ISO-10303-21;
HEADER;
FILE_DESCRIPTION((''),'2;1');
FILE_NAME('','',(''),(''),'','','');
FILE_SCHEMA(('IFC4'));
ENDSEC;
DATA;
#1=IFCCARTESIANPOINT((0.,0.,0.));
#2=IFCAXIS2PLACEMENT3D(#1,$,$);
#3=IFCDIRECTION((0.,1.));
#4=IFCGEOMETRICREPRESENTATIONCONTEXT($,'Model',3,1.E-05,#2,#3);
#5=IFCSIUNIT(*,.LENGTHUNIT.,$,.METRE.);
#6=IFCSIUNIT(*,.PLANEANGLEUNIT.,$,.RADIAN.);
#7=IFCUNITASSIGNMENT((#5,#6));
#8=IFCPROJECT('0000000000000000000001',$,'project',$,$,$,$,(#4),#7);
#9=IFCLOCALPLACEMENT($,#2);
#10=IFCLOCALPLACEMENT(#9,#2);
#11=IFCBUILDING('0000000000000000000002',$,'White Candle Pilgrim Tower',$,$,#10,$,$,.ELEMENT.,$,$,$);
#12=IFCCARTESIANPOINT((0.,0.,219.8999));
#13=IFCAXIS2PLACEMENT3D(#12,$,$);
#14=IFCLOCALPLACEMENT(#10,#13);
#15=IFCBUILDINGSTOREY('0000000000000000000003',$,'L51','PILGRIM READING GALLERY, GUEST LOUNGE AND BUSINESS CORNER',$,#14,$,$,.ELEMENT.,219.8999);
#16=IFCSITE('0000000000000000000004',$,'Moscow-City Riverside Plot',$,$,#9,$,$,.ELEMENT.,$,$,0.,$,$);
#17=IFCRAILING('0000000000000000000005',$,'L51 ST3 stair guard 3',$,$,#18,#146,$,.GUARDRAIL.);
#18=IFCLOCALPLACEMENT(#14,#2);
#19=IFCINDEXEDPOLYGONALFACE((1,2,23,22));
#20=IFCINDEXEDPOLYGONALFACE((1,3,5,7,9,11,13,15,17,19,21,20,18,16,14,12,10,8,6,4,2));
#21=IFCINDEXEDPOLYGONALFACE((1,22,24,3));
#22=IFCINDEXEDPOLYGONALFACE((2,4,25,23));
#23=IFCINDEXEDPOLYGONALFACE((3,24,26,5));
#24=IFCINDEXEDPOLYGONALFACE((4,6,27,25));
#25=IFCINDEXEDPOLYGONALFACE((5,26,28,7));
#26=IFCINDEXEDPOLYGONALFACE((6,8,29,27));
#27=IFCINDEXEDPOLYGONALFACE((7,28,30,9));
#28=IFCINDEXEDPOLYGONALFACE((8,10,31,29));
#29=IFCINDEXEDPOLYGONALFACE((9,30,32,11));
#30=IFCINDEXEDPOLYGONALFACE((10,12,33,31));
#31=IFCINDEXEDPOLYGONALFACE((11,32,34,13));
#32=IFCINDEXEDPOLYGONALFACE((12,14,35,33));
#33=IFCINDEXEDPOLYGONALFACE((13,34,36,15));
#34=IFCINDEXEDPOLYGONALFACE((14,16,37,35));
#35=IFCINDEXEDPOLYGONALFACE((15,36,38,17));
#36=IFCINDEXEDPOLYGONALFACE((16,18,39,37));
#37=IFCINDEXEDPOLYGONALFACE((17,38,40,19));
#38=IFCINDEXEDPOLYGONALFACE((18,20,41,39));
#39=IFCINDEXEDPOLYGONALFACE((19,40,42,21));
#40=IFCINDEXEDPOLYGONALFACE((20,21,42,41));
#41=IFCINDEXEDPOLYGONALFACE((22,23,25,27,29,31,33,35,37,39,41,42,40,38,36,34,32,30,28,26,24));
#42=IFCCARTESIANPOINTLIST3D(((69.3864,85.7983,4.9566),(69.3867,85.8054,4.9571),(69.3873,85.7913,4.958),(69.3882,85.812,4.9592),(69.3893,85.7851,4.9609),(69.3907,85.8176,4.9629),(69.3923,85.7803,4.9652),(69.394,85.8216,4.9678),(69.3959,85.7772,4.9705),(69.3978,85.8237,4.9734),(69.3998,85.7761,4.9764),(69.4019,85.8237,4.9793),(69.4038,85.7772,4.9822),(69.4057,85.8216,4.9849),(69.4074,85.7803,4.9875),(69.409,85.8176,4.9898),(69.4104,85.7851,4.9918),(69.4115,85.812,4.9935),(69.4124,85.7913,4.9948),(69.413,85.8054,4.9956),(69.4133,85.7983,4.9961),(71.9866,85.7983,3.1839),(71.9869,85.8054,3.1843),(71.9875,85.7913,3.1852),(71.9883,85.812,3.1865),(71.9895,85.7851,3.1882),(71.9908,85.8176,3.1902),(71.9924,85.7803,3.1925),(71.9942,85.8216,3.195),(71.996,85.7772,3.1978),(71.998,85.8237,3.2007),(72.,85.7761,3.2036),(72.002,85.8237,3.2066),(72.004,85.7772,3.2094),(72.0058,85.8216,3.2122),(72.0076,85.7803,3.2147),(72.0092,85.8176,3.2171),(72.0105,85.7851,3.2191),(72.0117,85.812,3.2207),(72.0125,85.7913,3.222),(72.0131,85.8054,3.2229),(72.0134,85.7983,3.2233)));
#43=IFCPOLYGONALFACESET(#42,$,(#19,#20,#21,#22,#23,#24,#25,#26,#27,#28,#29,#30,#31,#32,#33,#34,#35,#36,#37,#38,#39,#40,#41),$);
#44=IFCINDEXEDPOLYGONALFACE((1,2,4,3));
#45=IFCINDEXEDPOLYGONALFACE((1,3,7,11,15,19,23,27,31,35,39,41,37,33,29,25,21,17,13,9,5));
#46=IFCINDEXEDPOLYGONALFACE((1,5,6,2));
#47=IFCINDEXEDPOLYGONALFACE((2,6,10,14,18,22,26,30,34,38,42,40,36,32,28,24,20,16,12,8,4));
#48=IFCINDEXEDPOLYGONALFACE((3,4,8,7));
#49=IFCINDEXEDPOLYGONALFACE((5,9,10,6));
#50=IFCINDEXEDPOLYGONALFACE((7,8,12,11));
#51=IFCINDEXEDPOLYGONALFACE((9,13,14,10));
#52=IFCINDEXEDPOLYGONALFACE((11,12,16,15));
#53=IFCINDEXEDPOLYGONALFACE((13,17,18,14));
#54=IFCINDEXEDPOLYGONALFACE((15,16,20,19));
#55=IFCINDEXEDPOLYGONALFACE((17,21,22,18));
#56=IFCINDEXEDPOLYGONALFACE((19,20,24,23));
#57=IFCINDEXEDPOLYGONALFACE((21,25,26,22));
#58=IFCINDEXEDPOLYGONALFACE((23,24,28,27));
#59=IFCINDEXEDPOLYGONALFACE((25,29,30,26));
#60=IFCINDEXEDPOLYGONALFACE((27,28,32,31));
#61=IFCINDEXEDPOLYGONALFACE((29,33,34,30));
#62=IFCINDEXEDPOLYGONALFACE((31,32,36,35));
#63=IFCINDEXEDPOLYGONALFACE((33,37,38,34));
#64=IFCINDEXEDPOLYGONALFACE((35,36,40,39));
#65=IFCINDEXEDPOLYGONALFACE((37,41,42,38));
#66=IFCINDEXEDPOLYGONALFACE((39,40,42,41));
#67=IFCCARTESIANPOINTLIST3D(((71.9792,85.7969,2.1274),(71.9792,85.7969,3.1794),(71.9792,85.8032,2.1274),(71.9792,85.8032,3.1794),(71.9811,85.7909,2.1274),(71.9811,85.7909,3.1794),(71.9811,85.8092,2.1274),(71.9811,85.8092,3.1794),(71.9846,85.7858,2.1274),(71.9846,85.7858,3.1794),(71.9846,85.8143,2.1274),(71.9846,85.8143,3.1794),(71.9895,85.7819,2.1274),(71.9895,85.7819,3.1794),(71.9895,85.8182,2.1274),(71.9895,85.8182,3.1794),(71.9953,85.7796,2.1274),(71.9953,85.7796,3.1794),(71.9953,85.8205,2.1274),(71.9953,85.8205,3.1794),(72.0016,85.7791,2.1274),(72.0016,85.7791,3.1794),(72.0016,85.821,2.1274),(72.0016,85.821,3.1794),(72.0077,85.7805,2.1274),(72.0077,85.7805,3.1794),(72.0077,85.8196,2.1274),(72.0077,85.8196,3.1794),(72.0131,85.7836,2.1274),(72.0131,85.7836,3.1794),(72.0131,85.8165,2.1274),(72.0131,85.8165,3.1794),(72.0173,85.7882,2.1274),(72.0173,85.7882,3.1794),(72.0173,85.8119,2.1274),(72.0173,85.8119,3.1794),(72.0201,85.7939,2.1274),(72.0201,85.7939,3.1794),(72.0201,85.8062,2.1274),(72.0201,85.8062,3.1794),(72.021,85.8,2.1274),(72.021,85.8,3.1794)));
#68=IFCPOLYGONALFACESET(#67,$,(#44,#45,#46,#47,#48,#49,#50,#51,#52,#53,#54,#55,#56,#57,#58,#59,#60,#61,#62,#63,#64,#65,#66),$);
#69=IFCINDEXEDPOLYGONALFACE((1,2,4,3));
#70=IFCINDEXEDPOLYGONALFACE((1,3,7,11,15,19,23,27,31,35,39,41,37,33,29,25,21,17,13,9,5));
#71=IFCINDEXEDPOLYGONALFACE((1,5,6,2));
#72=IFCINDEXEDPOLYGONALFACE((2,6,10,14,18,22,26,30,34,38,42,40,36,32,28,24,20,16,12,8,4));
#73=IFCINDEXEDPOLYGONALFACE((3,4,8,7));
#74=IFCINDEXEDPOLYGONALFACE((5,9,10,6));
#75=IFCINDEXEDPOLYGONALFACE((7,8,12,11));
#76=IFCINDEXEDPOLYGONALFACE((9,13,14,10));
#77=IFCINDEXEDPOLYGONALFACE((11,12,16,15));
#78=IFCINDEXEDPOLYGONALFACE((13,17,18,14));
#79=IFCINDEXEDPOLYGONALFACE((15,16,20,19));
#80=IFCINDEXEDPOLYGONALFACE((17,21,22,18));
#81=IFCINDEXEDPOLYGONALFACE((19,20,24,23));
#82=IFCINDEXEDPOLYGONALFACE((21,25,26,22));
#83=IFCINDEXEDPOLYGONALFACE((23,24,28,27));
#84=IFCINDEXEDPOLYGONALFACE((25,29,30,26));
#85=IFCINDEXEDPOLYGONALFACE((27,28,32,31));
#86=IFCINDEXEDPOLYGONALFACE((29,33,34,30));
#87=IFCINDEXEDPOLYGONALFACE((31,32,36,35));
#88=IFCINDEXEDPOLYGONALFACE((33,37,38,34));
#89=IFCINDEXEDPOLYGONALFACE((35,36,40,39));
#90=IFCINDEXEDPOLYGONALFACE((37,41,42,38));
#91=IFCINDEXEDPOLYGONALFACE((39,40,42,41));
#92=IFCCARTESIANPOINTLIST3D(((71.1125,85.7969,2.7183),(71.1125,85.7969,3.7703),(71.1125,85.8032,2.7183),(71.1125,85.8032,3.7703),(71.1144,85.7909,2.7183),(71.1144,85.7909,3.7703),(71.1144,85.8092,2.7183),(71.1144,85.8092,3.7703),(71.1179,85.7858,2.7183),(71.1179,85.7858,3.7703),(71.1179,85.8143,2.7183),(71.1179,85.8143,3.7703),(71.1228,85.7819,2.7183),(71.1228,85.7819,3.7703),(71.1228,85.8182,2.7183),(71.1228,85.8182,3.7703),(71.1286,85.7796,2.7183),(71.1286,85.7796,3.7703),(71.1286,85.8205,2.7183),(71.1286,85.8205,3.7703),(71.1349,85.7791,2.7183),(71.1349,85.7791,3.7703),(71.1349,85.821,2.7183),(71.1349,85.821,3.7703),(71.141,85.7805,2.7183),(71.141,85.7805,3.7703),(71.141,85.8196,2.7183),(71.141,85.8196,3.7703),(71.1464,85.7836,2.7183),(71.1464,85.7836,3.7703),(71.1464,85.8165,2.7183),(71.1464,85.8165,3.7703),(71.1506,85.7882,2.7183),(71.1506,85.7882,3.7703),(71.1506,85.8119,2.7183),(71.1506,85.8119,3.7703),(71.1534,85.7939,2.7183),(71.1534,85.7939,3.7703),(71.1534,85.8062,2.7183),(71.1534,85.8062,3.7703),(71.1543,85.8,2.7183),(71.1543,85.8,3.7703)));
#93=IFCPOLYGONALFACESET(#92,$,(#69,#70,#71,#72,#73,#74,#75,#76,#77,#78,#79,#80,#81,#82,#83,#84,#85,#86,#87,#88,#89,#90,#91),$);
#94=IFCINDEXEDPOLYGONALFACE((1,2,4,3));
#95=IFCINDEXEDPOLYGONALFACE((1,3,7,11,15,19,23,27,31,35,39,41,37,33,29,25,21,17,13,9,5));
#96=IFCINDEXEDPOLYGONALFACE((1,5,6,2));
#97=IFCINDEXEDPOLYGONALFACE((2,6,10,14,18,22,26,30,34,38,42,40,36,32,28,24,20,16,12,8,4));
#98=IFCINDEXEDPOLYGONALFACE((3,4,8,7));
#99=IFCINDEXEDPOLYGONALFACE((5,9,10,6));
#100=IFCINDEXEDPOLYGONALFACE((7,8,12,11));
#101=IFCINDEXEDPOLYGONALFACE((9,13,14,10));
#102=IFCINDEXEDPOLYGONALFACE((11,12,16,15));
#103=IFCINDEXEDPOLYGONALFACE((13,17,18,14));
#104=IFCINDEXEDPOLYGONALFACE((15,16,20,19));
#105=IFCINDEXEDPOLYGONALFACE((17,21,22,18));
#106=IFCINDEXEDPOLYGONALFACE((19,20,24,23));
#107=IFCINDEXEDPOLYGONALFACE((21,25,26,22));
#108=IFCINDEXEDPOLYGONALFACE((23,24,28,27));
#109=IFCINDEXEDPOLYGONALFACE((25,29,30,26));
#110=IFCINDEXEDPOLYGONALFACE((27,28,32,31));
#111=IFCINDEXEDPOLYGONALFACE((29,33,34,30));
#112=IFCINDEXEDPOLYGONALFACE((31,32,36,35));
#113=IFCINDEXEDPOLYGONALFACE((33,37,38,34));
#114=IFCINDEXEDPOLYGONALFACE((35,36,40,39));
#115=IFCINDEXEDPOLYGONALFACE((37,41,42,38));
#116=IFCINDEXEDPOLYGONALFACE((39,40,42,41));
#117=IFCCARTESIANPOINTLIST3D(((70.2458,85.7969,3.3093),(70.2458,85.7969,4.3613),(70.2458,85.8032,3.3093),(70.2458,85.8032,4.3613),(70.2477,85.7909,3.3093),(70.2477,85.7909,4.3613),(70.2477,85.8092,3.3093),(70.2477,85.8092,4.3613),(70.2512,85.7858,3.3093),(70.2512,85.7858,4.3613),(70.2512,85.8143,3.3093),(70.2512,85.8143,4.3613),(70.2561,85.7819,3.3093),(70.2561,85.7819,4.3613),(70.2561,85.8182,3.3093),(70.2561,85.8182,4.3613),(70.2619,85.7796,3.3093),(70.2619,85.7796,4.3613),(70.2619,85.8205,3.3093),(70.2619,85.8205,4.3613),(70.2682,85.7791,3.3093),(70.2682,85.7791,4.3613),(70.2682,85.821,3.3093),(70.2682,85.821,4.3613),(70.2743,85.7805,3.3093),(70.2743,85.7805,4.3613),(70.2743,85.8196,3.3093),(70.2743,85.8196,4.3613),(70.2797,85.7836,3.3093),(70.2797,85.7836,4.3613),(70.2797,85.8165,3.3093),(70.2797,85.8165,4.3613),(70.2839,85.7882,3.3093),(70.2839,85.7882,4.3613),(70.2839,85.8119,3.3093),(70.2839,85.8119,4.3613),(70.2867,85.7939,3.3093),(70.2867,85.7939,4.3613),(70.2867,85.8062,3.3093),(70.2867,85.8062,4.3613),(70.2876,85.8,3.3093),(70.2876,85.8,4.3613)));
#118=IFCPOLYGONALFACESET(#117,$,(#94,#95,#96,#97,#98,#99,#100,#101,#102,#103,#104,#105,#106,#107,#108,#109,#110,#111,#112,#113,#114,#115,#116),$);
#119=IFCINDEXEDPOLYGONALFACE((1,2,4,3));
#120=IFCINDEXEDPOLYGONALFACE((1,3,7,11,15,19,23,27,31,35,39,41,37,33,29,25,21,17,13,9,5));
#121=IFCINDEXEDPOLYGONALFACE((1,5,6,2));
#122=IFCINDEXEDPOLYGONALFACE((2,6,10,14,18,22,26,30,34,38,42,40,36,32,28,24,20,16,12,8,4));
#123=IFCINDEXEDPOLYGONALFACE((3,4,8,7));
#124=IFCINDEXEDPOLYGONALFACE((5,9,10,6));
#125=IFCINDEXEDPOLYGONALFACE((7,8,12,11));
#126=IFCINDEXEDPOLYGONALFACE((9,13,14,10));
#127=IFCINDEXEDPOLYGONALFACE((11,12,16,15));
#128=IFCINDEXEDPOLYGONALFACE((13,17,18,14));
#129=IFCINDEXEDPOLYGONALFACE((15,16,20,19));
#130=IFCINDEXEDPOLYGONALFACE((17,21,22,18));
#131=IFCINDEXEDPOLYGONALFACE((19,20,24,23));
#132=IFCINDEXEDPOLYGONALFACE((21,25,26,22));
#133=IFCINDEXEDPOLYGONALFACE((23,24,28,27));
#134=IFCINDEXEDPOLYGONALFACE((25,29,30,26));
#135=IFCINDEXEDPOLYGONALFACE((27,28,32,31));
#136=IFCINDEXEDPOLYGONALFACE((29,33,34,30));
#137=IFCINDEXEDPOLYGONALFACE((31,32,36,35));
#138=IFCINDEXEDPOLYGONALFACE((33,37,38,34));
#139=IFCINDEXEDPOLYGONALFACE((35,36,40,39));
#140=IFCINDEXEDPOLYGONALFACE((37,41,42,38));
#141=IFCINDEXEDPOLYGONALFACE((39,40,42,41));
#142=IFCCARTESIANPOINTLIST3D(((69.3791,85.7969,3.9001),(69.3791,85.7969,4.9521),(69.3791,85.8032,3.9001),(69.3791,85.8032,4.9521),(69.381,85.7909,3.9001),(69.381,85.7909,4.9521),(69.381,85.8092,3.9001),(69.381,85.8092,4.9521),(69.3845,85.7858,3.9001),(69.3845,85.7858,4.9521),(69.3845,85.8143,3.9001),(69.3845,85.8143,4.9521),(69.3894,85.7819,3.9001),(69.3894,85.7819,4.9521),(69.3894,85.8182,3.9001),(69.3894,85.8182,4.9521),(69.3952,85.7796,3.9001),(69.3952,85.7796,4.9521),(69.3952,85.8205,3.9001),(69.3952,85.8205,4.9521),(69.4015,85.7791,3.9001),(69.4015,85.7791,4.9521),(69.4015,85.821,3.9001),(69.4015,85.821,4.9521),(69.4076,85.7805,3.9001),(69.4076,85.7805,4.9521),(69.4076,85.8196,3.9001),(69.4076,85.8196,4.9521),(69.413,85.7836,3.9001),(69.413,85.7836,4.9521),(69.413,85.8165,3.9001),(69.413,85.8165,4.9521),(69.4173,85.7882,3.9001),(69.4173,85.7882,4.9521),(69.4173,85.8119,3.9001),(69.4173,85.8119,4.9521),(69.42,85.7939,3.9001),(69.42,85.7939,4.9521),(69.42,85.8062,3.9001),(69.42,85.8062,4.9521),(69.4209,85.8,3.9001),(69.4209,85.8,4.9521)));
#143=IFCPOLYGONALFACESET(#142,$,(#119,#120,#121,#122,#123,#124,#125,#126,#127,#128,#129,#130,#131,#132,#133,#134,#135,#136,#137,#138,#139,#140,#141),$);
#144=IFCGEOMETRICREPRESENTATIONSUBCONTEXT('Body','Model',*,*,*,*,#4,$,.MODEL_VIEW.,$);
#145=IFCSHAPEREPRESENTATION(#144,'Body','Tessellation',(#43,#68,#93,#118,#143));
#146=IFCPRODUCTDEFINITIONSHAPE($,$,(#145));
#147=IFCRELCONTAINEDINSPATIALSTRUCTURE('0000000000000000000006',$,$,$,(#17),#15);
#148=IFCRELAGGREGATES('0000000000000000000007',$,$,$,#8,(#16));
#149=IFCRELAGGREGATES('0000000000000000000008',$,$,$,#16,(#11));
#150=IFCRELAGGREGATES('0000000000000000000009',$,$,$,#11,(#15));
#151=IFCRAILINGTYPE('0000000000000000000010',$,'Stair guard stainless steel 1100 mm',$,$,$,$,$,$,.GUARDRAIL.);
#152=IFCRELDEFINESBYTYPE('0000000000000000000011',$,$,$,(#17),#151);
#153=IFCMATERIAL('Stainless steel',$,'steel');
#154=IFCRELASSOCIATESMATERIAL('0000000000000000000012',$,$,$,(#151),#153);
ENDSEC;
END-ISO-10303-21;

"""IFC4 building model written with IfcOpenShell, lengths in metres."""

from ifc_helpers import new_model, si_unit, direction, frame, origin, origin_2d, place, context, subcontext, project, spatial, circle, extrude, material, type_object, element, save


model = new_model("IFC4")

# Units and contexts
model_context = context("Model", 3, precision=1e-05, world=origin(), true_north=direction((0.0, 1.0)))
body_context = subcontext(model_context, "Body", "Model", "MODEL_VIEW")
ifc_project = project(units=[si_unit("LENGTHUNIT", "METRE"), si_unit("PLANEANGLEUNIT", "RADIAN")], contexts=[model_context])

# Site, building, storey
site_placement = place(None, origin())
site = spatial("IfcSite", under=ifc_project, at=site_placement, Name="Moscow-City Riverside Plot", CompositionType="ELEMENT", RefElevation=0.0)
building_placement = place(site_placement, origin())
building = spatial("IfcBuilding", under=site, at=building_placement, Name="White Candle Pilgrim Tower", CompositionType="ELEMENT")
storey_placement = place(building_placement, frame((0.0, 0.0, 219.8999)))
storey = spatial("IfcBuildingStorey", under=building, at=storey_placement, Name="L51", Description="PILGRIM READING GALLERY, GUEST LOUNGE AND BUSINESS CORNER", CompositionType="ELEMENT", Elevation=219.8999)

# Railing
ifc_material_1 = material(Name="Stainless steel", Category="steel")
railing_type_1 = type_object("IfcRailingType", Name="Stair guard stainless steel 1100 mm", PredefinedType="GUARDRAIL", material=ifc_material_1)
railing_1_placement = place(storey_placement, frame((72.0, 85.8, 2.1274)))
element("IfcRailing", 1, at=railing_1_placement, inside=storey, type_object=railing_type_1, Name="L51 ST3 stair guard 3", PredefinedType="GUARDRAIL", context=body_context, shape_type="SweptSolid", body=[
    extrude(circle(Radius=0.0239, at=origin_2d()), frame((0.0, 0.0, 1.0762), z_axis=(-0.82624, 0.0, 0.563318), x_axis=(0.0, -1.0, 0.0)), (0.0, 0.0, 1.0), 3.147),
    extrude(circle(Radius=0.021, at=origin_2d()), origin(), (0.0, 0.0, 1.0), 1.052),
    extrude(circle(Radius=0.021, at=origin_2d()), frame((-0.8667, 0.0, 0.5908)), (0.0, 0.0, 1.0), 1.052),
    extrude(circle(Radius=0.021, at=origin_2d()), frame((-1.7334, 0.0, 1.1819)), (0.0, 0.0, 1.0), 1.052),
    extrude(circle(Radius=0.021, at=origin_2d()), frame((-2.6001, 0.0, 1.7727)), (0.0, 0.0, 1.0), 1.052),
])

save(model, "model.ifc")
